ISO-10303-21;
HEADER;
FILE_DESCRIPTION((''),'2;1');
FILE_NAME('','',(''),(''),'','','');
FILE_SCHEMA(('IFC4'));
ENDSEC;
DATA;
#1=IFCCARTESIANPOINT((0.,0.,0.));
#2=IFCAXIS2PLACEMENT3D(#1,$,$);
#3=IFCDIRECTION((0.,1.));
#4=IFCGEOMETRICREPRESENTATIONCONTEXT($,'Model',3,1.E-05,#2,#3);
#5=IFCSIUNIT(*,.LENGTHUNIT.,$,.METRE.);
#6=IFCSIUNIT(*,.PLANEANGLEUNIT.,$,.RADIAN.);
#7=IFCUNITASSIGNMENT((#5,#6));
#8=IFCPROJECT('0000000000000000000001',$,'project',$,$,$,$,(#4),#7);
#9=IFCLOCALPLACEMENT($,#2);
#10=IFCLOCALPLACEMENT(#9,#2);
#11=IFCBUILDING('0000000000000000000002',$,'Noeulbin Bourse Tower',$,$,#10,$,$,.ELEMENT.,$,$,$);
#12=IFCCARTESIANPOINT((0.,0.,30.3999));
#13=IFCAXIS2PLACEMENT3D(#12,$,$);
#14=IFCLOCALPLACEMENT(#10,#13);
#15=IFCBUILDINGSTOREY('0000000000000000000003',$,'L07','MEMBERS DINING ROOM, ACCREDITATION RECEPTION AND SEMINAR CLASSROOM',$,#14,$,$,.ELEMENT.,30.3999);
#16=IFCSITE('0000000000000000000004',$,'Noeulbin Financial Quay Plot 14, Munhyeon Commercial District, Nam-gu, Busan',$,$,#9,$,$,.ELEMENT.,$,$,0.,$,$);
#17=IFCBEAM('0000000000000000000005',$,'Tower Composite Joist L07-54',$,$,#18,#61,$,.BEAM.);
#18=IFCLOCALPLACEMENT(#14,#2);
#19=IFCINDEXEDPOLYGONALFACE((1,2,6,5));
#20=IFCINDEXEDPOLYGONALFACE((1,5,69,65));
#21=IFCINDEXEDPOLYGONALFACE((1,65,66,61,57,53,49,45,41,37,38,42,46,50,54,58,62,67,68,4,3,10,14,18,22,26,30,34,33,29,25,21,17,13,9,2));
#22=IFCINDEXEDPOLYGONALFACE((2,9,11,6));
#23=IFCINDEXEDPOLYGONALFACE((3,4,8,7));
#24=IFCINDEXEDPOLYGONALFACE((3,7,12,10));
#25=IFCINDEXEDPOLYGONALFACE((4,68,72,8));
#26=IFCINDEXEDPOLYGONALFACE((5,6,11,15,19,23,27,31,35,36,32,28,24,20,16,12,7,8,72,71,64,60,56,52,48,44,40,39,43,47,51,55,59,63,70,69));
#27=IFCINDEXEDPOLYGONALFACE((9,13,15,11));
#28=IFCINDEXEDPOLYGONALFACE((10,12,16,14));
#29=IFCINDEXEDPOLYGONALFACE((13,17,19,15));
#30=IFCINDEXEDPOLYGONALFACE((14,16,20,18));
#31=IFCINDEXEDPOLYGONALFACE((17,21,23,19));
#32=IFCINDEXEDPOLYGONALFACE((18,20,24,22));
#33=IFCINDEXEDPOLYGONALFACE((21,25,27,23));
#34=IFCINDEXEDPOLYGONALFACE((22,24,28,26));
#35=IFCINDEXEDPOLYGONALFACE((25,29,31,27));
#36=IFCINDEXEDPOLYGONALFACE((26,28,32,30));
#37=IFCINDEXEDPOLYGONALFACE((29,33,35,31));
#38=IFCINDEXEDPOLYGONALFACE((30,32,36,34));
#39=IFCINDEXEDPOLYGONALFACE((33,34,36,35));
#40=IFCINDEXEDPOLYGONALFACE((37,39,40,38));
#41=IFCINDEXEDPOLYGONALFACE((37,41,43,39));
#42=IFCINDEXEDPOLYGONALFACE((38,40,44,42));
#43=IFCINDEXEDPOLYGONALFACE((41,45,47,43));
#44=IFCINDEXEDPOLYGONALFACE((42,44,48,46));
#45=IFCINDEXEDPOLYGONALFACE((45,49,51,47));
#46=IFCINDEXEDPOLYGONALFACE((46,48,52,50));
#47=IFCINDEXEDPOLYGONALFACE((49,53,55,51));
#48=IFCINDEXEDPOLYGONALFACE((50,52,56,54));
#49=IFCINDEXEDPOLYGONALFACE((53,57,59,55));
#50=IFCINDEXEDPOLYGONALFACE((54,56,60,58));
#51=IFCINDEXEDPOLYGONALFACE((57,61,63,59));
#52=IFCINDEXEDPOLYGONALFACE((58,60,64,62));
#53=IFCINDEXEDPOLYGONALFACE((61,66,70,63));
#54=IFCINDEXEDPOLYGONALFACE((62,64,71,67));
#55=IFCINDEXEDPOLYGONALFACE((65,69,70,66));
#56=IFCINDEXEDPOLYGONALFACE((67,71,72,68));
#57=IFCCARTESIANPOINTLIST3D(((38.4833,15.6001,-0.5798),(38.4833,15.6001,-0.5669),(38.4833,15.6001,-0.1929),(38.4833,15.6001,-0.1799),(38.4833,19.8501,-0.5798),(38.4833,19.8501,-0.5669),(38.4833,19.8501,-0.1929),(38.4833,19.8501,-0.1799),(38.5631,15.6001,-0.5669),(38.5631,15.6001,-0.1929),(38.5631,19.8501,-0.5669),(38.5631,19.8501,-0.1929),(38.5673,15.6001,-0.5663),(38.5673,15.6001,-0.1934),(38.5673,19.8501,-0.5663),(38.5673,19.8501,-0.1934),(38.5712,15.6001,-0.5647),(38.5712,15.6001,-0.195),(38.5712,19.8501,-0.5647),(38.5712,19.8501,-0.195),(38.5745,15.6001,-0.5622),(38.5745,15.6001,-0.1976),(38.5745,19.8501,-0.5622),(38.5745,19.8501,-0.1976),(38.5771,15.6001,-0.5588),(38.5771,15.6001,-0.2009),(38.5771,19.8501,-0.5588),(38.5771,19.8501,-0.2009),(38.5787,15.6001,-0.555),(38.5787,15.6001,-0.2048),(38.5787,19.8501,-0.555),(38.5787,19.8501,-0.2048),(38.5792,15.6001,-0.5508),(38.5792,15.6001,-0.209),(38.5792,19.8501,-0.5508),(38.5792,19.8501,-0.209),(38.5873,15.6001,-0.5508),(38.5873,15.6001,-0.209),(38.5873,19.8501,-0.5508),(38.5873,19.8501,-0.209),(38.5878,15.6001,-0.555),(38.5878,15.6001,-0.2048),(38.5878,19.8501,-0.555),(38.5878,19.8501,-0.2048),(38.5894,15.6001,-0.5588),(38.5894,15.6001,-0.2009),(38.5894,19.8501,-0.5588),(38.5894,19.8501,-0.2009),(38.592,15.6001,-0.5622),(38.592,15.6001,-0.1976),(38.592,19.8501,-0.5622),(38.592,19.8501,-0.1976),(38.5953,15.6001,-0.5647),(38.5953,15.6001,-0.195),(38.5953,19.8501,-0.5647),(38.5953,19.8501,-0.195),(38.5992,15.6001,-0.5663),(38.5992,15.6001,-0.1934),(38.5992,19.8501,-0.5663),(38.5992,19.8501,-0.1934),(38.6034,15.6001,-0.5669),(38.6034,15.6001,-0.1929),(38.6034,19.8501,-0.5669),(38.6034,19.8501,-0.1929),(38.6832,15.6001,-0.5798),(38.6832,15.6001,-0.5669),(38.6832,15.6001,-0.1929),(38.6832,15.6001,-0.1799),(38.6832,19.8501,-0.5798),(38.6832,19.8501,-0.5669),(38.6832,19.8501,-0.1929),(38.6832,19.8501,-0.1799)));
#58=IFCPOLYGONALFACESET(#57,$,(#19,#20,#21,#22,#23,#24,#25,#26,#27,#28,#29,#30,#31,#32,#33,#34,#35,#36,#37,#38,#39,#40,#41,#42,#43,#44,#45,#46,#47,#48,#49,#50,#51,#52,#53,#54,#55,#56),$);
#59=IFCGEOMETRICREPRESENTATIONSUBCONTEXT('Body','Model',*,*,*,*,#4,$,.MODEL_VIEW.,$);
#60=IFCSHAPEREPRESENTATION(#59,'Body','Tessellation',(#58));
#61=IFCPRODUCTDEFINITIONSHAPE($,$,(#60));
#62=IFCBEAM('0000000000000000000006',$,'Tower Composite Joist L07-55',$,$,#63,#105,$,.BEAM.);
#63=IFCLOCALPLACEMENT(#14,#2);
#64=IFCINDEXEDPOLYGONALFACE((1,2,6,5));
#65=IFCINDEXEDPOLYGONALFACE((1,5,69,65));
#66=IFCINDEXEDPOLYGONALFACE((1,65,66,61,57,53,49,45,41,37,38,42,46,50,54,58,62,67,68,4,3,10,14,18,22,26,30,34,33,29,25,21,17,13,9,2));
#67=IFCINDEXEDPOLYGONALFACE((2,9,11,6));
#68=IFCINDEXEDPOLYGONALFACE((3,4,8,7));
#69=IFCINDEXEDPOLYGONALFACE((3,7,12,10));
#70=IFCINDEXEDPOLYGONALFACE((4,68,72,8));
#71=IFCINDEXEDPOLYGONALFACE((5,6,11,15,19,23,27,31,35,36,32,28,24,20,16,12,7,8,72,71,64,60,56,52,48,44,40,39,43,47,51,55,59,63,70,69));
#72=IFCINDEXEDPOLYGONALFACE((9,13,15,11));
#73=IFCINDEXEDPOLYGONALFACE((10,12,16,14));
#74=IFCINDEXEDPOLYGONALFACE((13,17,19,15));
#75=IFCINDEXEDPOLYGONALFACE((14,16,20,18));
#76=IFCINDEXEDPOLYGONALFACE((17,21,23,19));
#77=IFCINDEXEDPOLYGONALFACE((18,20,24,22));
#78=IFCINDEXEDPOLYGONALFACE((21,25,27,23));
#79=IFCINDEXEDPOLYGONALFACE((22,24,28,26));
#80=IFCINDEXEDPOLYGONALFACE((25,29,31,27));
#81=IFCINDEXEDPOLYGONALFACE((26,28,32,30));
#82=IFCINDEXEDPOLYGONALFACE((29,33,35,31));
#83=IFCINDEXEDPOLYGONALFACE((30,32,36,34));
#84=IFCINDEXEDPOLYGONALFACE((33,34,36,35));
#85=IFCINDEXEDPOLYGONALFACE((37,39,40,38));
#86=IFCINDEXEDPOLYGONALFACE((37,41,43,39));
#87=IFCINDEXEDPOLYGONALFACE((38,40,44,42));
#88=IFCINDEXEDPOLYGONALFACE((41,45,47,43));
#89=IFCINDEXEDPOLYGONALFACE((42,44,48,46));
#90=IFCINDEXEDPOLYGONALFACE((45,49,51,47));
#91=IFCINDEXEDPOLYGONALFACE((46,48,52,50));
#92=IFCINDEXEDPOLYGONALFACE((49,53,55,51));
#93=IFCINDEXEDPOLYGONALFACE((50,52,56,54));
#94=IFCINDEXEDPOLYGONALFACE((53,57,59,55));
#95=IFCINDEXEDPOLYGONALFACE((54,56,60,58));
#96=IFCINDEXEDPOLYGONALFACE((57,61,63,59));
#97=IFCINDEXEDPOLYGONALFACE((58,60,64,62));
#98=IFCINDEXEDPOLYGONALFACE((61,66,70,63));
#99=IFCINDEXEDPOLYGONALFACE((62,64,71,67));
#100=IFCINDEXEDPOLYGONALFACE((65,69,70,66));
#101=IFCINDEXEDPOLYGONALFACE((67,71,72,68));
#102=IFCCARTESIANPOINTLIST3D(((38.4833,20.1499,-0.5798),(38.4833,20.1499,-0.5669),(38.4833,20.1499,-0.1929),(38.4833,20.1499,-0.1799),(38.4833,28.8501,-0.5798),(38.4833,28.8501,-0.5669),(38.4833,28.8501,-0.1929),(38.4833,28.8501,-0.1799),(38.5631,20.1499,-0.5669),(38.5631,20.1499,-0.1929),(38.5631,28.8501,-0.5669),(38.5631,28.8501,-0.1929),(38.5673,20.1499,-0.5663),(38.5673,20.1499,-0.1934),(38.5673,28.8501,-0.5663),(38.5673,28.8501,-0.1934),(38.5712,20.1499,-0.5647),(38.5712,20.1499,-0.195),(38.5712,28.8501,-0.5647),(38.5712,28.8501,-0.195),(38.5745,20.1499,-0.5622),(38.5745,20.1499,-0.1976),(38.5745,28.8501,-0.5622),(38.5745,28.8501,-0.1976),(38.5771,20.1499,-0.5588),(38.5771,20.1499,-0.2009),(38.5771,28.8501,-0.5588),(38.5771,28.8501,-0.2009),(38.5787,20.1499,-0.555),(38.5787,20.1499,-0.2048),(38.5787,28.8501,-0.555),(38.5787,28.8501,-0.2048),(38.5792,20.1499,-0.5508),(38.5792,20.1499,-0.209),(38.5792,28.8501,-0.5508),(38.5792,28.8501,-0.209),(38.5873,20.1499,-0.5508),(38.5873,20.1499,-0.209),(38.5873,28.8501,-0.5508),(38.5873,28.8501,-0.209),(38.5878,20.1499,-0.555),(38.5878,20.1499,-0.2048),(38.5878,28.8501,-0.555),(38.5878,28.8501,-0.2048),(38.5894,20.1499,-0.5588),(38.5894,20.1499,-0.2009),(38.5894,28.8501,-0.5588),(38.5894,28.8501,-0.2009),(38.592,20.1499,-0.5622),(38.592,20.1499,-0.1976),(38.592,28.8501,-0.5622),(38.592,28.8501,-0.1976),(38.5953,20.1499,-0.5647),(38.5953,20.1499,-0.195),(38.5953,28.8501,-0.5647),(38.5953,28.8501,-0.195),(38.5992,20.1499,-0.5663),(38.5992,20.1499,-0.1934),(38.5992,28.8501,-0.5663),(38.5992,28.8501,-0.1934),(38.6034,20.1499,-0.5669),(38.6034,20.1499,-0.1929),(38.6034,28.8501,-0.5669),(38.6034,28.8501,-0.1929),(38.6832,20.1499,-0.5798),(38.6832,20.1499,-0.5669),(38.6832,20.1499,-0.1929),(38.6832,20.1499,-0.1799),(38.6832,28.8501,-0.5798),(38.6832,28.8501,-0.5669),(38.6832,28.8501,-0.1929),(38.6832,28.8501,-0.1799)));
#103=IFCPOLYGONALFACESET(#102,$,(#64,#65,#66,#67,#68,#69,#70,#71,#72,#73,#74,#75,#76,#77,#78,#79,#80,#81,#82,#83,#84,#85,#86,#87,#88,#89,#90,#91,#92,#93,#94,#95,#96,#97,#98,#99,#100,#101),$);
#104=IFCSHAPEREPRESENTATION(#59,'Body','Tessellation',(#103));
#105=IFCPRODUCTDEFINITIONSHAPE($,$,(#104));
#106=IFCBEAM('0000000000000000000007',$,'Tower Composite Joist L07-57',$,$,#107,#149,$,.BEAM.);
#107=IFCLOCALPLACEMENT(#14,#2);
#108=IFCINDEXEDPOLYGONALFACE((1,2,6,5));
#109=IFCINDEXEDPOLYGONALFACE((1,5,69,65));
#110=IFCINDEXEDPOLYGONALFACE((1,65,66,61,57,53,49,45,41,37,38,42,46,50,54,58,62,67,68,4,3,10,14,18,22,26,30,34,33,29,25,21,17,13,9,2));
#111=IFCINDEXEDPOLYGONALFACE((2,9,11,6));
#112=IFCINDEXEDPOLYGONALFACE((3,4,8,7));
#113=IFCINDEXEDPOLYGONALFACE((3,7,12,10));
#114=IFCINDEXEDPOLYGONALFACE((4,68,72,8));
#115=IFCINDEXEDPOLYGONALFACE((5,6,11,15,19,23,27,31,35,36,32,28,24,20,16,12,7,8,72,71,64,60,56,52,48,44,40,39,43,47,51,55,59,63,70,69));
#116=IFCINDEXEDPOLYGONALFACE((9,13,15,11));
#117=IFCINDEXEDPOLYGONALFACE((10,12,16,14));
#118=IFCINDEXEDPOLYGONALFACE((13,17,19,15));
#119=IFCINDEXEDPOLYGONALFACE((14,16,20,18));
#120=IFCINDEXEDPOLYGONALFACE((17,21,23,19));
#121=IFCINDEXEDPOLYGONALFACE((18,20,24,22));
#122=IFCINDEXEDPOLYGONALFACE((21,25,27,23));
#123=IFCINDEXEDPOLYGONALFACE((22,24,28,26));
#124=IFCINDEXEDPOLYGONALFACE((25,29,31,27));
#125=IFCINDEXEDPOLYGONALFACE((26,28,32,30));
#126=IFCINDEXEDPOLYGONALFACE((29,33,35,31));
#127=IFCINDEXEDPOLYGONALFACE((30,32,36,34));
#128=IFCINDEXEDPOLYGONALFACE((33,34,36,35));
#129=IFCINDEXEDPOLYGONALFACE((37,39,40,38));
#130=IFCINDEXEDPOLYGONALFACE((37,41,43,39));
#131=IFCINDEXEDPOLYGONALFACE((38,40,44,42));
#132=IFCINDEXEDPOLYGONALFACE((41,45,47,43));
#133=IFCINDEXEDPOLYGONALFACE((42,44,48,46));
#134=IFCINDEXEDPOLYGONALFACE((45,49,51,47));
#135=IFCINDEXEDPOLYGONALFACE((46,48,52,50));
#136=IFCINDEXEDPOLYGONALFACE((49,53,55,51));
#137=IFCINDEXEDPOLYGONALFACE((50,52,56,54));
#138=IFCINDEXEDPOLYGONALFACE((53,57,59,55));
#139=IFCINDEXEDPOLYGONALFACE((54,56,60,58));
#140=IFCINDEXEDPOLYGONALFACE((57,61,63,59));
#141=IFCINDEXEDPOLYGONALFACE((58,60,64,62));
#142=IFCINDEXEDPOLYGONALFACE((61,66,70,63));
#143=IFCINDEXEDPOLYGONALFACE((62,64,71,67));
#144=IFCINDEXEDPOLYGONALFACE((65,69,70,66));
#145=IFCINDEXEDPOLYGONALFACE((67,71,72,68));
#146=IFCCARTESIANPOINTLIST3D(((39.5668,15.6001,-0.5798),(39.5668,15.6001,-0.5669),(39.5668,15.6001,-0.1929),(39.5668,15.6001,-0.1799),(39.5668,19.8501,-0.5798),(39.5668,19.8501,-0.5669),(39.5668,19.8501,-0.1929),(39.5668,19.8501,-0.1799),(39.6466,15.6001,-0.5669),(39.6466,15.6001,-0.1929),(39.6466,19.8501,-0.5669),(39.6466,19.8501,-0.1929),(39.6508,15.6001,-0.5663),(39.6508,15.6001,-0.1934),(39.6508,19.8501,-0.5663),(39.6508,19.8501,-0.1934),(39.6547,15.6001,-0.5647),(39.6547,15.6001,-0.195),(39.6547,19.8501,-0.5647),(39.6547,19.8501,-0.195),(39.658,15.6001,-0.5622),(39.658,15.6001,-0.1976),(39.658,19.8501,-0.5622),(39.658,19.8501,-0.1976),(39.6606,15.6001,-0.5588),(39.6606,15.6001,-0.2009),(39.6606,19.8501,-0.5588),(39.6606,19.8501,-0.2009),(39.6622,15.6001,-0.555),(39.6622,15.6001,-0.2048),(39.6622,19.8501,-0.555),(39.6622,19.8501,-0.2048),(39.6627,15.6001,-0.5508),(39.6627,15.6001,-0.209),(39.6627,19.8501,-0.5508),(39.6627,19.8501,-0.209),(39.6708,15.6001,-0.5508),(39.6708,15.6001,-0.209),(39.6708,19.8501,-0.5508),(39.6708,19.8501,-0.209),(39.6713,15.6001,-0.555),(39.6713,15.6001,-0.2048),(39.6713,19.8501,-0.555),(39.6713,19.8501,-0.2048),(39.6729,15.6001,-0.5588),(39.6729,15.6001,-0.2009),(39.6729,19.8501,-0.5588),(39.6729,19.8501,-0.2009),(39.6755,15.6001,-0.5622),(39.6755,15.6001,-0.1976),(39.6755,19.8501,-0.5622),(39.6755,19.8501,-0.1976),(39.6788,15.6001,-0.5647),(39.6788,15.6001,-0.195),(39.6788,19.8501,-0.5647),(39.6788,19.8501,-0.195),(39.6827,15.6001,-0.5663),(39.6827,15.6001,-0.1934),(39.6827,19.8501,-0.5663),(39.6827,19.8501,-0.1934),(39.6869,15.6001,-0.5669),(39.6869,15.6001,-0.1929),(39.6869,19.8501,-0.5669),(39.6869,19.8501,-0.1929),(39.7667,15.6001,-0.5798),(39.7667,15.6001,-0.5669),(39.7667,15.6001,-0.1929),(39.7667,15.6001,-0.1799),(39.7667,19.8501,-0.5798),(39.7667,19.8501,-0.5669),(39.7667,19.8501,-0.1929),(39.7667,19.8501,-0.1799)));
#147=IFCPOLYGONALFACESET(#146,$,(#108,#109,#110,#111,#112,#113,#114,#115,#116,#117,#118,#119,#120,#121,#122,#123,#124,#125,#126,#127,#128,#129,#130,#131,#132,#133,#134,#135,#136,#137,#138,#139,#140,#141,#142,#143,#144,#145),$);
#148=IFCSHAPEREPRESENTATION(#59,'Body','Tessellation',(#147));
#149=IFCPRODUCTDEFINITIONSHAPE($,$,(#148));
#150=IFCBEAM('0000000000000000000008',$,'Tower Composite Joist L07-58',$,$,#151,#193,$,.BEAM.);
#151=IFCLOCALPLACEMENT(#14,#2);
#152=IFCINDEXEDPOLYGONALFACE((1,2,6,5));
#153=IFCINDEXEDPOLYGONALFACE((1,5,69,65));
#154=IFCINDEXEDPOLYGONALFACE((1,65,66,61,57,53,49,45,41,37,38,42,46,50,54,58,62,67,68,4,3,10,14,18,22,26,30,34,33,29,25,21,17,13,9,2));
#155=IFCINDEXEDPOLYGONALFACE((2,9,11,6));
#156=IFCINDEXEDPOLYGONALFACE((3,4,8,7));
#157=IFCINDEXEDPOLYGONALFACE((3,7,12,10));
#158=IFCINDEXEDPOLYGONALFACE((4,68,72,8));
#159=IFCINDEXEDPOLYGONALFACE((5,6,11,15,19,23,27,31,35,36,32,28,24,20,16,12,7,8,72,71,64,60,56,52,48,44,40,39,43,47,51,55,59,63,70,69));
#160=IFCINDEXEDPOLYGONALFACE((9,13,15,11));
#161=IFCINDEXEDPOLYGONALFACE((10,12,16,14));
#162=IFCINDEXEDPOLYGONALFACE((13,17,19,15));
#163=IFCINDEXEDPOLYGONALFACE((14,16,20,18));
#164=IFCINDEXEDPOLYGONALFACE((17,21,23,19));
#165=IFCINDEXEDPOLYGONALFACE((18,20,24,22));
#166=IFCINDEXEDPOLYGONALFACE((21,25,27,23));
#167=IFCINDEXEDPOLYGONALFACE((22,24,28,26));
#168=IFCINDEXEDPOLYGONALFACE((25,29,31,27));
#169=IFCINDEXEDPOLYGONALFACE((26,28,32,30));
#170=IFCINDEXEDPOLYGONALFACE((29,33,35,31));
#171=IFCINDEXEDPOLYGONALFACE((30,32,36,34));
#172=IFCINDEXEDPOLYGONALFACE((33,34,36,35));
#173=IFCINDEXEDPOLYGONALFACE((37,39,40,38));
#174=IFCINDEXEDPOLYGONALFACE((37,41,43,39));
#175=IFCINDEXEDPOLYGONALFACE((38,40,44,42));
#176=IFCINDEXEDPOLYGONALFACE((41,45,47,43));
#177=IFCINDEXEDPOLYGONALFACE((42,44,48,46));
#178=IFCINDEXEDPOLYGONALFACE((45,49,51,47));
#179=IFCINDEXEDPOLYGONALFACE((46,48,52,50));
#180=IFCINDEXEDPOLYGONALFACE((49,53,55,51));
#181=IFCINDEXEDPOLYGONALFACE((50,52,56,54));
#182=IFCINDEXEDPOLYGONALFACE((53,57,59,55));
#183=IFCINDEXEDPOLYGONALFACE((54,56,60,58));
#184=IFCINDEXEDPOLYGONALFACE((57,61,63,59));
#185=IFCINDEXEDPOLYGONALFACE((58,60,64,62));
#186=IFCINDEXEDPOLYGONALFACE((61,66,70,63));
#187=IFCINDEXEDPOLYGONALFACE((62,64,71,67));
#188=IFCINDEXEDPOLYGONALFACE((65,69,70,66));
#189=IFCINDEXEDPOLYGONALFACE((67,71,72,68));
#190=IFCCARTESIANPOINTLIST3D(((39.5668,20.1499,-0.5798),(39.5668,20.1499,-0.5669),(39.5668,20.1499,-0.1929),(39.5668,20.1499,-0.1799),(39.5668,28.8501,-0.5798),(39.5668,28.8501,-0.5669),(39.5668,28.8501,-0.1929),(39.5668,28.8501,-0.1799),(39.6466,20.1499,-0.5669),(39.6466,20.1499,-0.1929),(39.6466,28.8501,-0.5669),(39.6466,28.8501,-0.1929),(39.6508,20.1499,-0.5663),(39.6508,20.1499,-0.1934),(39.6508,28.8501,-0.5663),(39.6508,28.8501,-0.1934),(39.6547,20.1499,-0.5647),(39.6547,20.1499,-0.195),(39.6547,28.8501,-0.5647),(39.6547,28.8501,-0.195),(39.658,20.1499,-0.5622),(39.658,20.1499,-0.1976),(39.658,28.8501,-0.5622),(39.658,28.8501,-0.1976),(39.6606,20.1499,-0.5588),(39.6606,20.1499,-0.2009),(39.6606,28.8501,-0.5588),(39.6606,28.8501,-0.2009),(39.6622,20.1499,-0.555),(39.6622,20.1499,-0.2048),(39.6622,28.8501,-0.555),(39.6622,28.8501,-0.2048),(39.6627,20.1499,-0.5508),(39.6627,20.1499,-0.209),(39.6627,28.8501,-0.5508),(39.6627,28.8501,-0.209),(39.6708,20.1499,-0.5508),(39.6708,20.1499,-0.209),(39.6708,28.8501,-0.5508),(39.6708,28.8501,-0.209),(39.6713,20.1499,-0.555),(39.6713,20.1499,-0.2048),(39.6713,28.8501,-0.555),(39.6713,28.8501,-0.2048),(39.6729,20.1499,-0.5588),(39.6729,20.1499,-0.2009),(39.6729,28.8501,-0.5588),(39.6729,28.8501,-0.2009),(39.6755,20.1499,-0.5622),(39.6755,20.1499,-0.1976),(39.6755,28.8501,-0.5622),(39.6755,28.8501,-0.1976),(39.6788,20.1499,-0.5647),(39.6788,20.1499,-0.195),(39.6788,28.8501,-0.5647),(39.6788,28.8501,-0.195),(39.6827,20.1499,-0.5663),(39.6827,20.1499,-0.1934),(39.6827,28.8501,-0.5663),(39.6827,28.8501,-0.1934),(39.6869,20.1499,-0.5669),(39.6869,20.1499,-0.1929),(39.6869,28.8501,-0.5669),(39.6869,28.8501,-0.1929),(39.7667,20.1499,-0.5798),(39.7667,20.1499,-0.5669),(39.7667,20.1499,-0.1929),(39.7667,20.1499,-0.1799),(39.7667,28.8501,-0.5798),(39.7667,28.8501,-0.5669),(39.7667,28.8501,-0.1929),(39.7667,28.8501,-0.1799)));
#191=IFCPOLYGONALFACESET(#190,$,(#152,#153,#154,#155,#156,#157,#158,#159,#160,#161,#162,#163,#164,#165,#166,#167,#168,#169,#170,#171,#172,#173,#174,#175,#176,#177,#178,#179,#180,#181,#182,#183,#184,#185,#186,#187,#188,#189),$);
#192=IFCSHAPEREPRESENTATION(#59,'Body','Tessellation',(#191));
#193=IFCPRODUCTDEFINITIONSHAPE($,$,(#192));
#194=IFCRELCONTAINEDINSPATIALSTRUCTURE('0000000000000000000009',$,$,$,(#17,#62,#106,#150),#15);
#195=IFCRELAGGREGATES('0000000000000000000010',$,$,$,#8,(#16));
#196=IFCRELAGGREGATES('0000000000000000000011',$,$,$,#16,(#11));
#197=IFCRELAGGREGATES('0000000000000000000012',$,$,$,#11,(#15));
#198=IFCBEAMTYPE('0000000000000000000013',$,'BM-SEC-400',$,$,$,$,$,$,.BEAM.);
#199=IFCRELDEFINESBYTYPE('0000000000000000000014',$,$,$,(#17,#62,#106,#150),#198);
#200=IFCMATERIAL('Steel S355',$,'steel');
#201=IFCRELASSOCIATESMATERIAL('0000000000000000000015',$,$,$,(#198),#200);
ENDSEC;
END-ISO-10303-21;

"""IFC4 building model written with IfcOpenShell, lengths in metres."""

from ifc_helpers import new_model, si_unit, direction, frame, origin, origin_2d, place, context, subcontext, project, spatial, i_section, extrude, material, material_profile, profile_set, type_object, element, save


model = new_model("IFC4")

# Units and contexts
model_context = context("Model", 3, precision=1e-05, world=origin(), true_north=direction((0.0, 1.0)))
body_context = subcontext(model_context, "Body", "Model", "MODEL_VIEW")
ifc_project = project(units=[si_unit("LENGTHUNIT", "METRE"), si_unit("PLANEANGLEUNIT", "RADIAN")], contexts=[model_context])

# Site, building, storey
site_placement = place(None, origin())
site = spatial("IfcSite", under=ifc_project, at=site_placement, Name="Noeulbin Financial Quay Plot 14, Munhyeon Commercial District, Nam-gu, Busan", CompositionType="ELEMENT", RefElevation=0.0)
building_placement = place(site_placement, origin())
building = spatial("IfcBuilding", under=site, at=building_placement, Name="Noeulbin Bourse Tower", CompositionType="ELEMENT")
storey_placement = place(building_placement, frame((0.0, 0.0, 30.3999)))
storey = spatial("IfcBuildingStorey", under=building, at=storey_placement, Name="L07", Description="MEMBERS DINING ROOM, ACCREDITATION RECEPTION AND SEMINAR CLASSROOM", CompositionType="ELEMENT", Elevation=30.3999)

# Beams
ifc_material_1 = material(Name="Steel S355", Category="steel")
ifc_material_profile_1 = material_profile(ifc_material_1, i_section(OverallWidth=0.2, OverallDepth=0.3999, WebThickness=0.0081, FlangeThickness=0.0129, FilletRadius=0.0161, at=origin_2d()), Name="H-400x200x8x13", Category="LoadBearing")
ifc_profile_set_1 = profile_set([ifc_material_profile_1], Name="Steel S355")
beam_type_1 = type_object("IfcBeamType", Name="BM-SEC-400", PredefinedType="BEAM", material=ifc_profile_set_1)
beam_1_placement = place(storey_placement, frame((38.5833, 15.6001, -0.3799), z_axis=(0.0, 1.0, 0.0), x_axis=(-1.0, 0.0, 0.0)))
element("IfcBeam", 1, at=beam_1_placement, inside=storey, type_object=beam_type_1, Name="Tower Composite Joist L07-54", PredefinedType="BEAM", context=body_context, shape_type="SweptSolid", body=[
    extrude(i_section(OverallWidth=0.2, OverallDepth=0.3999, WebThickness=0.0081, FlangeThickness=0.0129, FilletRadius=0.0161, at=origin_2d()), origin(), (0.0, 0.0, 1.0), 4.25),
])
beam_2_placement = place(storey_placement, frame((38.5833, 20.1499, -0.3799), z_axis=(0.0, 1.0, 0.0), x_axis=(-1.0, 0.0, 0.0)))
element("IfcBeam", 2, at=beam_2_placement, inside=storey, type_object=beam_type_1, Name="Tower Composite Joist L07-55", PredefinedType="BEAM", context=body_context, shape_type="SweptSolid", body=[
    extrude(i_section(OverallWidth=0.2, OverallDepth=0.3999, WebThickness=0.0081, FlangeThickness=0.0129, FilletRadius=0.0161, at=origin_2d()), origin(), (0.0, 0.0, 1.0), 8.7002),
])
beam_3_placement = place(storey_placement, frame((39.6667, 15.6001, -0.3799), z_axis=(0.0, 1.0, 0.0), x_axis=(-1.0, 0.0, 0.0)))
element("IfcBeam", 3, at=beam_3_placement, inside=storey, type_object=beam_type_1, Name="Tower Composite Joist L07-57", PredefinedType="BEAM", context=body_context, shape_type="SweptSolid", body=[
    extrude(i_section(OverallWidth=0.2, OverallDepth=0.3999, WebThickness=0.0081, FlangeThickness=0.0129, FilletRadius=0.0161, at=origin_2d()), origin(), (0.0, 0.0, 1.0), 4.25),
])
beam_4_placement = place(storey_placement, frame((39.6667, 20.1499, -0.3799), z_axis=(0.0, 1.0, 0.0), x_axis=(-1.0, 0.0, 0.0)))
element("IfcBeam", 4, at=beam_4_placement, inside=storey, type_object=beam_type_1, Name="Tower Composite Joist L07-58", PredefinedType="BEAM", context=body_context, shape_type="SweptSolid", body=[
    extrude(i_section(OverallWidth=0.2, OverallDepth=0.3999, WebThickness=0.0081, FlangeThickness=0.0129, FilletRadius=0.0161, at=origin_2d()), origin(), (0.0, 0.0, 1.0), 8.7002),
])

save(model, "model.ifc")
